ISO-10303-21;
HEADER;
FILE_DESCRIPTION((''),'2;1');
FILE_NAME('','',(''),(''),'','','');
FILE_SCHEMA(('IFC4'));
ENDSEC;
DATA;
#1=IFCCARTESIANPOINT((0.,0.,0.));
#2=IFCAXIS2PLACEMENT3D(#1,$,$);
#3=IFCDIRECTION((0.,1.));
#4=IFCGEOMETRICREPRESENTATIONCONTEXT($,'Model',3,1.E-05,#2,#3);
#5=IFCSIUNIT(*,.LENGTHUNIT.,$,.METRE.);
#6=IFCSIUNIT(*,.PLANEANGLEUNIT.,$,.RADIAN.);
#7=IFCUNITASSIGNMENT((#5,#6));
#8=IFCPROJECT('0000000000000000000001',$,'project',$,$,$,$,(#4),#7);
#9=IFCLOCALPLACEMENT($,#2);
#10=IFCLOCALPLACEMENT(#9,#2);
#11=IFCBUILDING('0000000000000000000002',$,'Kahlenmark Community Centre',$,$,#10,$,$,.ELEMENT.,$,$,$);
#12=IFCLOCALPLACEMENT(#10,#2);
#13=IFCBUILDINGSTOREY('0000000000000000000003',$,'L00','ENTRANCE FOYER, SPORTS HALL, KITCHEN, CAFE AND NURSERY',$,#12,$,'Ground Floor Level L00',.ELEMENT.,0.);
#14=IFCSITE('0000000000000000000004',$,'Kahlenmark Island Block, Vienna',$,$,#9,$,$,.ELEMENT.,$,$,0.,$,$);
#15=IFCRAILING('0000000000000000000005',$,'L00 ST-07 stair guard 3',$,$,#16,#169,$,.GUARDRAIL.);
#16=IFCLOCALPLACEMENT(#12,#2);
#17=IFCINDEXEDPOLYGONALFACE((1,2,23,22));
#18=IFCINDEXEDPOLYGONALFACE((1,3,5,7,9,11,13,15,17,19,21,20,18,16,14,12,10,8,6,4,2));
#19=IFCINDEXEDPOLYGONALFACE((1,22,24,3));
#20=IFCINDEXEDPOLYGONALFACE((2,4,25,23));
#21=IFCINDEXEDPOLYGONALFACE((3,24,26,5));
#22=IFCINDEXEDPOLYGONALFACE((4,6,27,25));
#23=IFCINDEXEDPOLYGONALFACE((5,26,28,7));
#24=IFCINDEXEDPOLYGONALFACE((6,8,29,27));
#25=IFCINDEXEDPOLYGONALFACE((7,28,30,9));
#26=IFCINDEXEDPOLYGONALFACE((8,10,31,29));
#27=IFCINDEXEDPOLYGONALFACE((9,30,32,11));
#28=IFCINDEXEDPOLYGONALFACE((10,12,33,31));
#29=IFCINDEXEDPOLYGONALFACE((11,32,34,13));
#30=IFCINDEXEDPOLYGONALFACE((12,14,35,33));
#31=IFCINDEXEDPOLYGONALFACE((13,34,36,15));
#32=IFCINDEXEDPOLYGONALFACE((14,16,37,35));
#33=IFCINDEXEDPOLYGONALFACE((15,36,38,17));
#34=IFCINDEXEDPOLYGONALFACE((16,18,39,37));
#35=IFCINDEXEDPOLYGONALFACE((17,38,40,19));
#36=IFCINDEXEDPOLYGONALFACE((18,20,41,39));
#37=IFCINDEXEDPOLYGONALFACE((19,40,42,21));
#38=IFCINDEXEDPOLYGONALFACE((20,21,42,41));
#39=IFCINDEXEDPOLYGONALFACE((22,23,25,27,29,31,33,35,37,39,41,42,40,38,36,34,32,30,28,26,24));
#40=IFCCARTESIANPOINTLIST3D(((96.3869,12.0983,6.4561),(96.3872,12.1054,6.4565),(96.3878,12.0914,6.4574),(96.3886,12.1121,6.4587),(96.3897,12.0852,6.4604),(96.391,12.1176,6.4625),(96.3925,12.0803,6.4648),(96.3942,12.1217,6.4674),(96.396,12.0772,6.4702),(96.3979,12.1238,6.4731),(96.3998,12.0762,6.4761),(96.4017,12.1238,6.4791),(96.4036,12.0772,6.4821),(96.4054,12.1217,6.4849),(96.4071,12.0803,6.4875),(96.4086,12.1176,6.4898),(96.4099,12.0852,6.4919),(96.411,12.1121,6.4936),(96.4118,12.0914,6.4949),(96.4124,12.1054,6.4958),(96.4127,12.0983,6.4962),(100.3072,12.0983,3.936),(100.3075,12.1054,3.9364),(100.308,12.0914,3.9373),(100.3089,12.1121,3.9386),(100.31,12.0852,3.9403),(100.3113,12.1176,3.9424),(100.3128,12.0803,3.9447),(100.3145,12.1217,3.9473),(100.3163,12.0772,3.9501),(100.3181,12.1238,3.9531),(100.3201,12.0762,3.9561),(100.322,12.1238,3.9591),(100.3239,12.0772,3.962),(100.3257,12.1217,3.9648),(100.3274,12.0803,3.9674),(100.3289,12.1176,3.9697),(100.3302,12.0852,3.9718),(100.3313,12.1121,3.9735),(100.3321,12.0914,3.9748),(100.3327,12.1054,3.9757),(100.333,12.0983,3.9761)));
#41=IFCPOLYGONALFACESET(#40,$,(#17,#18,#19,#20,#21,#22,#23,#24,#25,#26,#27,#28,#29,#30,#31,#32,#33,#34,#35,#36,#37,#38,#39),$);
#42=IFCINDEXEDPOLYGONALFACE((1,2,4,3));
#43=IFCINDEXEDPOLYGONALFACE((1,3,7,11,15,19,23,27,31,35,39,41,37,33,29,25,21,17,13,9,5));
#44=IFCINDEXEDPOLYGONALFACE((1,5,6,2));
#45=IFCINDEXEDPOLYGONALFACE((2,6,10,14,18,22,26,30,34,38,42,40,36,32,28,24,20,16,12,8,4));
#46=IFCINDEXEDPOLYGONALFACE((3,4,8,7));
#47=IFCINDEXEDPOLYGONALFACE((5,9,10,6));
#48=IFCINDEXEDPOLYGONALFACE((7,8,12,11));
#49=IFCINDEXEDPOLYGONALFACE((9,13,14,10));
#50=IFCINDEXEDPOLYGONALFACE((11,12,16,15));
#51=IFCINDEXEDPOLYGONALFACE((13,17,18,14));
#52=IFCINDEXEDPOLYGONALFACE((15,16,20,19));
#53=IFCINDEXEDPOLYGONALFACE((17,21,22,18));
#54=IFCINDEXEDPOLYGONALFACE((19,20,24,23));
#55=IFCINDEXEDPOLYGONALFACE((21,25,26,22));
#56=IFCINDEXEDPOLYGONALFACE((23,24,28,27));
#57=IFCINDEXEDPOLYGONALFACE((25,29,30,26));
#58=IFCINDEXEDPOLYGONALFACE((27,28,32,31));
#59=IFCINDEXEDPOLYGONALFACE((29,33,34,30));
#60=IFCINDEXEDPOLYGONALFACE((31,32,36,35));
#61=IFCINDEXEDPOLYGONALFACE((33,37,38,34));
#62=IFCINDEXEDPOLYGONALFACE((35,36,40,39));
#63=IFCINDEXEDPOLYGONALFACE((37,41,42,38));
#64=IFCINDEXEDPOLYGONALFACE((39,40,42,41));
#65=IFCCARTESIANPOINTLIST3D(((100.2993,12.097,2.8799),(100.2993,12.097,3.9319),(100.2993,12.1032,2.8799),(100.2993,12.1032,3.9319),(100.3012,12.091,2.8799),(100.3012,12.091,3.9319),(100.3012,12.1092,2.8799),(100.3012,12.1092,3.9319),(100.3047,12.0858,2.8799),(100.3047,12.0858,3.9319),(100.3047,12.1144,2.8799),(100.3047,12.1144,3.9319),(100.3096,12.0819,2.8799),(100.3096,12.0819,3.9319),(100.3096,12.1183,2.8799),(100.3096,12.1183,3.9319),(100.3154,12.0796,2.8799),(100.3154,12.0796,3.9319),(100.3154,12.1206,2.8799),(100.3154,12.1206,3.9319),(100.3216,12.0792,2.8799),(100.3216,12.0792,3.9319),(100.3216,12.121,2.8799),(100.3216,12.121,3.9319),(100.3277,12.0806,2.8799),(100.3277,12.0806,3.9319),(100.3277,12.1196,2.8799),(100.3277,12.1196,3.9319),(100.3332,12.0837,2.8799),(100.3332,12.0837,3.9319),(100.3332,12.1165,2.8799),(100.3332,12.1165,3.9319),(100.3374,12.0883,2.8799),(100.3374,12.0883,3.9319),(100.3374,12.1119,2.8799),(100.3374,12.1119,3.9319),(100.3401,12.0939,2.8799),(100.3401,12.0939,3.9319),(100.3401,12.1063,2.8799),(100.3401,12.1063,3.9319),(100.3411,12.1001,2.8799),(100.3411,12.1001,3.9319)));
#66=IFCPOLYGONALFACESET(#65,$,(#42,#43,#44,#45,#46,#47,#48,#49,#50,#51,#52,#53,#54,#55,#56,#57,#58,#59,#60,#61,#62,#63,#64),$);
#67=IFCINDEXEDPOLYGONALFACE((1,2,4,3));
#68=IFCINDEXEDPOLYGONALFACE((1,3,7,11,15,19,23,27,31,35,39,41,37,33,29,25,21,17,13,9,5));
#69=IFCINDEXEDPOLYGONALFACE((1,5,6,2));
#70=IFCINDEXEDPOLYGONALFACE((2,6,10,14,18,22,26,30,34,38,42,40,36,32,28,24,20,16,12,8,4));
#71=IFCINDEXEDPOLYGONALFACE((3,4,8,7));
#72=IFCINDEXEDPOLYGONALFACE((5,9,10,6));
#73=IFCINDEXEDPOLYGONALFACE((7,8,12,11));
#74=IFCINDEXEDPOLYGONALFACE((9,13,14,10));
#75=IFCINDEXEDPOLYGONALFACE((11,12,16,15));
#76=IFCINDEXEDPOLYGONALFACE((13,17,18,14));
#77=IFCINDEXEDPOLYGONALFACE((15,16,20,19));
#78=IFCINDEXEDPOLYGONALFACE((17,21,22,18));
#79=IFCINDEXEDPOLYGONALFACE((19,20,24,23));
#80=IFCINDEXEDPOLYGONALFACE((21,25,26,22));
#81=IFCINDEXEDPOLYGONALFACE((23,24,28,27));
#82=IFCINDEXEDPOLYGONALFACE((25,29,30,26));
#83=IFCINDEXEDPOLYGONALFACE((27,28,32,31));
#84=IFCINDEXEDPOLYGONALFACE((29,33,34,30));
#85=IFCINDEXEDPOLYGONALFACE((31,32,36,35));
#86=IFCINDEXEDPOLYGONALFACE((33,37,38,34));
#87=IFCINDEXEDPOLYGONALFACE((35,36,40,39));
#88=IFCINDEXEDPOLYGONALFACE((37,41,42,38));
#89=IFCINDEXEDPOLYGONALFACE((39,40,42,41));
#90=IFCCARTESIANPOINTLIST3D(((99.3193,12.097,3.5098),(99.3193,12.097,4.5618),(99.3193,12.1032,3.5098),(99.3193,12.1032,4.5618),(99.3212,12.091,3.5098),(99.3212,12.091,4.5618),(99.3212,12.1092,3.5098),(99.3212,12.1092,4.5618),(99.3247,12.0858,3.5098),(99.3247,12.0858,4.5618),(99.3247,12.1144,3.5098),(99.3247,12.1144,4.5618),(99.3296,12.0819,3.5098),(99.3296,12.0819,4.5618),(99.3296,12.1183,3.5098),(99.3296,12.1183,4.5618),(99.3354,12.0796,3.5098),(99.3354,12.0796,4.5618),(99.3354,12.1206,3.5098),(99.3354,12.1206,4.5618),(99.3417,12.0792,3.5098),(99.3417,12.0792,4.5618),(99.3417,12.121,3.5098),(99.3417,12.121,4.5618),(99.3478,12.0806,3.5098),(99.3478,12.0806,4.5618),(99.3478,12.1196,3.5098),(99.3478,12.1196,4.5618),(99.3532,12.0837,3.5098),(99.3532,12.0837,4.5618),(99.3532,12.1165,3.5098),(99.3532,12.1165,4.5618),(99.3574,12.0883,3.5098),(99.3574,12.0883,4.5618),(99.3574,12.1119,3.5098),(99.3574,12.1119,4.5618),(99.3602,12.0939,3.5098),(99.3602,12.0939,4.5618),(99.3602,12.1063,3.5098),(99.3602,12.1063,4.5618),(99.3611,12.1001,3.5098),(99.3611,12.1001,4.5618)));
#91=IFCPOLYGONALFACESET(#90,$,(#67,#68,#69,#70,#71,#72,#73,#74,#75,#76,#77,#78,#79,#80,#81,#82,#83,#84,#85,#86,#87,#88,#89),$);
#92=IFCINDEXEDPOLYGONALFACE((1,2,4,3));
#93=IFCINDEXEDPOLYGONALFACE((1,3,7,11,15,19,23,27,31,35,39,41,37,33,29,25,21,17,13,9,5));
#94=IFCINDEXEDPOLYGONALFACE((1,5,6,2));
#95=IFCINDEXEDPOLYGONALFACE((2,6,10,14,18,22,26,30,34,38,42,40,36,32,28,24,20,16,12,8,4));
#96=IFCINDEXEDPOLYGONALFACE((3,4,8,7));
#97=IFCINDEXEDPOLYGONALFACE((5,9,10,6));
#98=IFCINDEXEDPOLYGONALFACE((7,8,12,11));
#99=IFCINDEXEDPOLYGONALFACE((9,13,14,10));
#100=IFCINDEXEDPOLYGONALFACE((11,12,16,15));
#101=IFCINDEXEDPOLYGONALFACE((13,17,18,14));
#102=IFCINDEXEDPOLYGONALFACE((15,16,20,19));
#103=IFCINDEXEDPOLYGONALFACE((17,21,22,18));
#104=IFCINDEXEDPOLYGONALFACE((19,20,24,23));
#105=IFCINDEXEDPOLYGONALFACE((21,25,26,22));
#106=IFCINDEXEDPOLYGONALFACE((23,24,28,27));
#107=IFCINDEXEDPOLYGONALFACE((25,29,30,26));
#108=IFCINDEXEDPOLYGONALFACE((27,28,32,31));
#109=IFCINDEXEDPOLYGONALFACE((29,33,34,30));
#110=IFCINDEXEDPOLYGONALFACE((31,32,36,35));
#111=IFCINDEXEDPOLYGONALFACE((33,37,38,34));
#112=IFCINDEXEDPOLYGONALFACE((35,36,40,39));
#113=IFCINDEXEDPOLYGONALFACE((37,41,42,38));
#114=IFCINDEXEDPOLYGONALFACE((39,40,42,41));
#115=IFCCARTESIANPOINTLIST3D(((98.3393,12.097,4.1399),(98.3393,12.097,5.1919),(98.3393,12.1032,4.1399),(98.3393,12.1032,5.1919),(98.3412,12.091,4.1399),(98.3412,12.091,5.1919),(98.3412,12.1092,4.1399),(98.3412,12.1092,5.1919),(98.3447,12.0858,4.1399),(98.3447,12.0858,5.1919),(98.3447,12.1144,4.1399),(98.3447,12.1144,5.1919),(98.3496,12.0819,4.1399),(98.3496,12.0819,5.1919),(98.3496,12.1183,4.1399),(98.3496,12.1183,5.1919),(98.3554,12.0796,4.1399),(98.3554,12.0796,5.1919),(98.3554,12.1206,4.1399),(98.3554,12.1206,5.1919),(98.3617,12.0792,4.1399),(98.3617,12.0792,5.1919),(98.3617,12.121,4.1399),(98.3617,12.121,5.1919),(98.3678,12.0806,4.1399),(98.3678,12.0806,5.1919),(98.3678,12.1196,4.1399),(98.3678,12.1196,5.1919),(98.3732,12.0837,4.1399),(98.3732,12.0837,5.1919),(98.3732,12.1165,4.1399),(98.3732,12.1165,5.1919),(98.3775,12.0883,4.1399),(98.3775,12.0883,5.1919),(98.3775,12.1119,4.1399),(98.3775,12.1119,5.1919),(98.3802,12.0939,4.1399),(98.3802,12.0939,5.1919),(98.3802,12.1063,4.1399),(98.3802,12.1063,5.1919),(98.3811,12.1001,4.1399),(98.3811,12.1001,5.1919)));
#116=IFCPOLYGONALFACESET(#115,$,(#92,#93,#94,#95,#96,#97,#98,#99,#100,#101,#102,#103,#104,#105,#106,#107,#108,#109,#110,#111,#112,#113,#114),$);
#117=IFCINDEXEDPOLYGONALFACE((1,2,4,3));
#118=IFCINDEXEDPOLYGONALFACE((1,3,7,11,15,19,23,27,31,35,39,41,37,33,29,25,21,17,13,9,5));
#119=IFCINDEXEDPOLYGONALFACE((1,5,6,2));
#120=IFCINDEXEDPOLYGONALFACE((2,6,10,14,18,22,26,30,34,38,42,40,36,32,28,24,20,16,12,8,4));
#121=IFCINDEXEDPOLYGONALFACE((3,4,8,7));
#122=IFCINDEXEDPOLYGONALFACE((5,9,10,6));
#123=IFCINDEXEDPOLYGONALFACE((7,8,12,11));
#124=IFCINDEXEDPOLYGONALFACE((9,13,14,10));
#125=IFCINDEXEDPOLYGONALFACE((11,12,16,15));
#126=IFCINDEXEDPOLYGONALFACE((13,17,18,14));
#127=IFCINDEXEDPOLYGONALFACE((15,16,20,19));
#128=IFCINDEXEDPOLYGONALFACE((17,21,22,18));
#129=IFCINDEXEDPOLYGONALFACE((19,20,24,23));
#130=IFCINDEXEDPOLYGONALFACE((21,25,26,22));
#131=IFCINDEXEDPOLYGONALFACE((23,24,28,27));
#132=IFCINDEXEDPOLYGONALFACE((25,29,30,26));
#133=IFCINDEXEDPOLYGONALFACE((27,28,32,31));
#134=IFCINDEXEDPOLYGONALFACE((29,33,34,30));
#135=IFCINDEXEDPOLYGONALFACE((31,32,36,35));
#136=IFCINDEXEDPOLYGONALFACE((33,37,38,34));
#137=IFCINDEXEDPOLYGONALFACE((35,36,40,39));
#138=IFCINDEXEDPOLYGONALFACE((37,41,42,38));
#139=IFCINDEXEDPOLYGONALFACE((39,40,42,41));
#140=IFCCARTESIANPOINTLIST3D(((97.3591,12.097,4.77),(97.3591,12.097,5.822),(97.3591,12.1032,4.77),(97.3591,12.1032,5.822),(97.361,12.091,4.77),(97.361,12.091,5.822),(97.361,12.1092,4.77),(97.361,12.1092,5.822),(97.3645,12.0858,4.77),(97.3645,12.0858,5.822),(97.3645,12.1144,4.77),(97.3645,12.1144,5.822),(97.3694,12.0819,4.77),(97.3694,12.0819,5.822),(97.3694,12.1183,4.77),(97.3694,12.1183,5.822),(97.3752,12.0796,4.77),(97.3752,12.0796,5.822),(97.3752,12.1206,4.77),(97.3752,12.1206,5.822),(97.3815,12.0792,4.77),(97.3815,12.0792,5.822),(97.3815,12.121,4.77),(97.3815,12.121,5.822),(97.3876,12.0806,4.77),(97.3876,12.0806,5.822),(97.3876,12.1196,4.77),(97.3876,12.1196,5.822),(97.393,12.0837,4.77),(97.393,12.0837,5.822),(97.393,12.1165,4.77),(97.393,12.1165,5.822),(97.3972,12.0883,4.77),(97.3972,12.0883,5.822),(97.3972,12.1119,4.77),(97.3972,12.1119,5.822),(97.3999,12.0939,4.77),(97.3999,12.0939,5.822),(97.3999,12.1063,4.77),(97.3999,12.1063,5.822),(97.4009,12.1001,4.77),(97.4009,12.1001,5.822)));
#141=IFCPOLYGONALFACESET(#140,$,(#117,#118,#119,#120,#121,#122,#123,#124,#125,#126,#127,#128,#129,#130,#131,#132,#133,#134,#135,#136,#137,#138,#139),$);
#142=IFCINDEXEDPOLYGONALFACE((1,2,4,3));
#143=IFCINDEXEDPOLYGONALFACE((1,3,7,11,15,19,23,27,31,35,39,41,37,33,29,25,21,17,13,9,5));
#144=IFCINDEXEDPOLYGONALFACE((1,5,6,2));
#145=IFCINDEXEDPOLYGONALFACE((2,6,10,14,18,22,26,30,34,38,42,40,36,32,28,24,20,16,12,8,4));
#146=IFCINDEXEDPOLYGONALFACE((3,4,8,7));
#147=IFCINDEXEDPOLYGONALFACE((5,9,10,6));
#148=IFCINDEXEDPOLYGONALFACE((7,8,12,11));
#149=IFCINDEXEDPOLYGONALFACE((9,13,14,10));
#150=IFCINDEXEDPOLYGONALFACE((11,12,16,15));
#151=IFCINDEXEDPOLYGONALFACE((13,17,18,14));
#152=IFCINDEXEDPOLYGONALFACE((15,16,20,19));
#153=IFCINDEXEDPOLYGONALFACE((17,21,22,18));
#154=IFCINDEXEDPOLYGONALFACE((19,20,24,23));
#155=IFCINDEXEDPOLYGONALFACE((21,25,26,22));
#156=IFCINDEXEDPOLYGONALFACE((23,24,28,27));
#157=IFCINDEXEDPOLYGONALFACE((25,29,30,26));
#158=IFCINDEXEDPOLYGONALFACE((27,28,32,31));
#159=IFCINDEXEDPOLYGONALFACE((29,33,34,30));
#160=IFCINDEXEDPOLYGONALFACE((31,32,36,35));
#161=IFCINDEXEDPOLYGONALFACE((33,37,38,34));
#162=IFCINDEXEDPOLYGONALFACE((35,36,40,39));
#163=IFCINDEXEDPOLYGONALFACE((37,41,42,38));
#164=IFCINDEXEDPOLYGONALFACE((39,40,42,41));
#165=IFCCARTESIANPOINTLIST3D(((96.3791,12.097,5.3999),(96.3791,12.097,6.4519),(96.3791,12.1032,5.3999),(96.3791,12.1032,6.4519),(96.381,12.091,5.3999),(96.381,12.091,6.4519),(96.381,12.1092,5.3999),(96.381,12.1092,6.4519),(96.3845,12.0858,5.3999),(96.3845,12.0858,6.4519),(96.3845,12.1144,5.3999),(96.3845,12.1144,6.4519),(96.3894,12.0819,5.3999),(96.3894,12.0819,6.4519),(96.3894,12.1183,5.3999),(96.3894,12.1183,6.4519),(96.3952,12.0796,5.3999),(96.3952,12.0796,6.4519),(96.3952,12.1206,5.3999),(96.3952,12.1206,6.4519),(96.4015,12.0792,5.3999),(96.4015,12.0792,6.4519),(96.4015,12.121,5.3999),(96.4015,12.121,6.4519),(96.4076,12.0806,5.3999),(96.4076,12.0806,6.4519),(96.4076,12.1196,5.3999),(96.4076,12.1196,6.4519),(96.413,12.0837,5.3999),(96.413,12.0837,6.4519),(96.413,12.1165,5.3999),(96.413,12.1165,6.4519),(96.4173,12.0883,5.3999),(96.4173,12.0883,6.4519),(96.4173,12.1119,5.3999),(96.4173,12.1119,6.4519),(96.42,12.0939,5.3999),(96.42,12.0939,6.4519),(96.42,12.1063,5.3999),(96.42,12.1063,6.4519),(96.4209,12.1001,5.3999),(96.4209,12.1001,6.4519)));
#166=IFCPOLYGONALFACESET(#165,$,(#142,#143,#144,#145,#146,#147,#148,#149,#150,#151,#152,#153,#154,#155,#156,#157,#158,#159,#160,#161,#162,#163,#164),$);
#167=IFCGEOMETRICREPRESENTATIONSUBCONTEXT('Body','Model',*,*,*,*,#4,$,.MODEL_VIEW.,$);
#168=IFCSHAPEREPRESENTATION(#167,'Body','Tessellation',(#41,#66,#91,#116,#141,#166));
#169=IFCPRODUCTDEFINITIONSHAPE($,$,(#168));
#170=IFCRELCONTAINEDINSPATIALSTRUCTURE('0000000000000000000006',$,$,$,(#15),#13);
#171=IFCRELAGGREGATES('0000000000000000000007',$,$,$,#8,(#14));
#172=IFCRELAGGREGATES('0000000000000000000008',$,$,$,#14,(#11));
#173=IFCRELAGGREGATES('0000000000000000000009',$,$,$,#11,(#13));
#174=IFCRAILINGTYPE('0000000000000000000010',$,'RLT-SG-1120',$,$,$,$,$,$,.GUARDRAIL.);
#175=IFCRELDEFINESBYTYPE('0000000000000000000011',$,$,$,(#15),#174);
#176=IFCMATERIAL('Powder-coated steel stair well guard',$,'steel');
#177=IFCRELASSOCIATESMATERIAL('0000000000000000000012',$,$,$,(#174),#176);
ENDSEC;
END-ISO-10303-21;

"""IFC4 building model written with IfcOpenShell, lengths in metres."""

from ifc_helpers import new_model, si_unit, direction, frame, origin, origin_2d, place, context, subcontext, project, spatial, circle, extrude, material, type_object, element, save


model = new_model("IFC4")

# Units and contexts
model_context = context("Model", 3, precision=1e-05, world=origin(), true_north=direction((0.0, 1.0)))
body_context = subcontext(model_context, "Body", "Model", "MODEL_VIEW")
ifc_project = project(units=[si_unit("LENGTHUNIT", "METRE"), si_unit("PLANEANGLEUNIT", "RADIAN")], contexts=[model_context])

# Site, building, storey
site_placement = place(None, origin())
site = spatial("IfcSite", under=ifc_project, at=site_placement, Name="Kahlenmark Island Block, Vienna", CompositionType="ELEMENT", RefElevation=0.0)
building_placement = place(site_placement, origin())
building = spatial("IfcBuilding", under=site, at=building_placement, Name="Kahlenmark Community Centre", CompositionType="ELEMENT")
storey_placement = place(building_placement, origin())
storey = spatial("IfcBuildingStorey", under=building, at=storey_placement, Name="L00", Description="ENTRANCE FOYER, SPORTS HALL, KITCHEN, CAFE AND NURSERY", LongName="Ground Floor Level L00", CompositionType="ELEMENT", Elevation=0.0)

# Railing
ifc_material_1 = material(Name="Powder-coated steel stair well guard", Category="steel")
railing_type = type_object("IfcRailingType", Name="RLT-SG-1120", PredefinedType="GUARDRAIL", material=ifc_material_1)
railing_placement = place(storey_placement, frame((100.3201, 12.1001, 2.8799)))
element("IfcRailing", 1, at=railing_placement, inside=storey, type_object=railing_type, Name="L00 ST-07 stair guard 3", PredefinedType="GUARDRAIL", context=body_context, shape_type="SweptSolid", body=[
    extrude(circle(Radius=0.0239, at=origin_2d()), frame((0.0, 0.0, 1.0762), z_axis=(-0.841187, 0.0, 0.540744), x_axis=(0.0, -1.0, 0.0)), (0.0, 0.0, 1.0), 4.6604),
    extrude(circle(Radius=0.021, at=origin_2d()), origin(), (0.0, 0.0, 1.0), 1.052),
    extrude(circle(Radius=0.021, at=origin_2d()), frame((-0.98, 0.0, 0.6299)), (0.0, 0.0, 1.0), 1.052),
    extrude(circle(Radius=0.021, at=origin_2d()), frame((-1.96, 0.0, 1.26)), (0.0, 0.0, 1.0), 1.052),
    extrude(circle(Radius=0.021, at=origin_2d()), frame((-2.9402, 0.0, 1.8901)), (0.0, 0.0, 1.0), 1.052),
    extrude(circle(Radius=0.021, at=origin_2d()), frame((-3.9202, 0.0, 2.52)), (0.0, 0.0, 1.0), 1.052),
])

save(model, "model.ifc")
